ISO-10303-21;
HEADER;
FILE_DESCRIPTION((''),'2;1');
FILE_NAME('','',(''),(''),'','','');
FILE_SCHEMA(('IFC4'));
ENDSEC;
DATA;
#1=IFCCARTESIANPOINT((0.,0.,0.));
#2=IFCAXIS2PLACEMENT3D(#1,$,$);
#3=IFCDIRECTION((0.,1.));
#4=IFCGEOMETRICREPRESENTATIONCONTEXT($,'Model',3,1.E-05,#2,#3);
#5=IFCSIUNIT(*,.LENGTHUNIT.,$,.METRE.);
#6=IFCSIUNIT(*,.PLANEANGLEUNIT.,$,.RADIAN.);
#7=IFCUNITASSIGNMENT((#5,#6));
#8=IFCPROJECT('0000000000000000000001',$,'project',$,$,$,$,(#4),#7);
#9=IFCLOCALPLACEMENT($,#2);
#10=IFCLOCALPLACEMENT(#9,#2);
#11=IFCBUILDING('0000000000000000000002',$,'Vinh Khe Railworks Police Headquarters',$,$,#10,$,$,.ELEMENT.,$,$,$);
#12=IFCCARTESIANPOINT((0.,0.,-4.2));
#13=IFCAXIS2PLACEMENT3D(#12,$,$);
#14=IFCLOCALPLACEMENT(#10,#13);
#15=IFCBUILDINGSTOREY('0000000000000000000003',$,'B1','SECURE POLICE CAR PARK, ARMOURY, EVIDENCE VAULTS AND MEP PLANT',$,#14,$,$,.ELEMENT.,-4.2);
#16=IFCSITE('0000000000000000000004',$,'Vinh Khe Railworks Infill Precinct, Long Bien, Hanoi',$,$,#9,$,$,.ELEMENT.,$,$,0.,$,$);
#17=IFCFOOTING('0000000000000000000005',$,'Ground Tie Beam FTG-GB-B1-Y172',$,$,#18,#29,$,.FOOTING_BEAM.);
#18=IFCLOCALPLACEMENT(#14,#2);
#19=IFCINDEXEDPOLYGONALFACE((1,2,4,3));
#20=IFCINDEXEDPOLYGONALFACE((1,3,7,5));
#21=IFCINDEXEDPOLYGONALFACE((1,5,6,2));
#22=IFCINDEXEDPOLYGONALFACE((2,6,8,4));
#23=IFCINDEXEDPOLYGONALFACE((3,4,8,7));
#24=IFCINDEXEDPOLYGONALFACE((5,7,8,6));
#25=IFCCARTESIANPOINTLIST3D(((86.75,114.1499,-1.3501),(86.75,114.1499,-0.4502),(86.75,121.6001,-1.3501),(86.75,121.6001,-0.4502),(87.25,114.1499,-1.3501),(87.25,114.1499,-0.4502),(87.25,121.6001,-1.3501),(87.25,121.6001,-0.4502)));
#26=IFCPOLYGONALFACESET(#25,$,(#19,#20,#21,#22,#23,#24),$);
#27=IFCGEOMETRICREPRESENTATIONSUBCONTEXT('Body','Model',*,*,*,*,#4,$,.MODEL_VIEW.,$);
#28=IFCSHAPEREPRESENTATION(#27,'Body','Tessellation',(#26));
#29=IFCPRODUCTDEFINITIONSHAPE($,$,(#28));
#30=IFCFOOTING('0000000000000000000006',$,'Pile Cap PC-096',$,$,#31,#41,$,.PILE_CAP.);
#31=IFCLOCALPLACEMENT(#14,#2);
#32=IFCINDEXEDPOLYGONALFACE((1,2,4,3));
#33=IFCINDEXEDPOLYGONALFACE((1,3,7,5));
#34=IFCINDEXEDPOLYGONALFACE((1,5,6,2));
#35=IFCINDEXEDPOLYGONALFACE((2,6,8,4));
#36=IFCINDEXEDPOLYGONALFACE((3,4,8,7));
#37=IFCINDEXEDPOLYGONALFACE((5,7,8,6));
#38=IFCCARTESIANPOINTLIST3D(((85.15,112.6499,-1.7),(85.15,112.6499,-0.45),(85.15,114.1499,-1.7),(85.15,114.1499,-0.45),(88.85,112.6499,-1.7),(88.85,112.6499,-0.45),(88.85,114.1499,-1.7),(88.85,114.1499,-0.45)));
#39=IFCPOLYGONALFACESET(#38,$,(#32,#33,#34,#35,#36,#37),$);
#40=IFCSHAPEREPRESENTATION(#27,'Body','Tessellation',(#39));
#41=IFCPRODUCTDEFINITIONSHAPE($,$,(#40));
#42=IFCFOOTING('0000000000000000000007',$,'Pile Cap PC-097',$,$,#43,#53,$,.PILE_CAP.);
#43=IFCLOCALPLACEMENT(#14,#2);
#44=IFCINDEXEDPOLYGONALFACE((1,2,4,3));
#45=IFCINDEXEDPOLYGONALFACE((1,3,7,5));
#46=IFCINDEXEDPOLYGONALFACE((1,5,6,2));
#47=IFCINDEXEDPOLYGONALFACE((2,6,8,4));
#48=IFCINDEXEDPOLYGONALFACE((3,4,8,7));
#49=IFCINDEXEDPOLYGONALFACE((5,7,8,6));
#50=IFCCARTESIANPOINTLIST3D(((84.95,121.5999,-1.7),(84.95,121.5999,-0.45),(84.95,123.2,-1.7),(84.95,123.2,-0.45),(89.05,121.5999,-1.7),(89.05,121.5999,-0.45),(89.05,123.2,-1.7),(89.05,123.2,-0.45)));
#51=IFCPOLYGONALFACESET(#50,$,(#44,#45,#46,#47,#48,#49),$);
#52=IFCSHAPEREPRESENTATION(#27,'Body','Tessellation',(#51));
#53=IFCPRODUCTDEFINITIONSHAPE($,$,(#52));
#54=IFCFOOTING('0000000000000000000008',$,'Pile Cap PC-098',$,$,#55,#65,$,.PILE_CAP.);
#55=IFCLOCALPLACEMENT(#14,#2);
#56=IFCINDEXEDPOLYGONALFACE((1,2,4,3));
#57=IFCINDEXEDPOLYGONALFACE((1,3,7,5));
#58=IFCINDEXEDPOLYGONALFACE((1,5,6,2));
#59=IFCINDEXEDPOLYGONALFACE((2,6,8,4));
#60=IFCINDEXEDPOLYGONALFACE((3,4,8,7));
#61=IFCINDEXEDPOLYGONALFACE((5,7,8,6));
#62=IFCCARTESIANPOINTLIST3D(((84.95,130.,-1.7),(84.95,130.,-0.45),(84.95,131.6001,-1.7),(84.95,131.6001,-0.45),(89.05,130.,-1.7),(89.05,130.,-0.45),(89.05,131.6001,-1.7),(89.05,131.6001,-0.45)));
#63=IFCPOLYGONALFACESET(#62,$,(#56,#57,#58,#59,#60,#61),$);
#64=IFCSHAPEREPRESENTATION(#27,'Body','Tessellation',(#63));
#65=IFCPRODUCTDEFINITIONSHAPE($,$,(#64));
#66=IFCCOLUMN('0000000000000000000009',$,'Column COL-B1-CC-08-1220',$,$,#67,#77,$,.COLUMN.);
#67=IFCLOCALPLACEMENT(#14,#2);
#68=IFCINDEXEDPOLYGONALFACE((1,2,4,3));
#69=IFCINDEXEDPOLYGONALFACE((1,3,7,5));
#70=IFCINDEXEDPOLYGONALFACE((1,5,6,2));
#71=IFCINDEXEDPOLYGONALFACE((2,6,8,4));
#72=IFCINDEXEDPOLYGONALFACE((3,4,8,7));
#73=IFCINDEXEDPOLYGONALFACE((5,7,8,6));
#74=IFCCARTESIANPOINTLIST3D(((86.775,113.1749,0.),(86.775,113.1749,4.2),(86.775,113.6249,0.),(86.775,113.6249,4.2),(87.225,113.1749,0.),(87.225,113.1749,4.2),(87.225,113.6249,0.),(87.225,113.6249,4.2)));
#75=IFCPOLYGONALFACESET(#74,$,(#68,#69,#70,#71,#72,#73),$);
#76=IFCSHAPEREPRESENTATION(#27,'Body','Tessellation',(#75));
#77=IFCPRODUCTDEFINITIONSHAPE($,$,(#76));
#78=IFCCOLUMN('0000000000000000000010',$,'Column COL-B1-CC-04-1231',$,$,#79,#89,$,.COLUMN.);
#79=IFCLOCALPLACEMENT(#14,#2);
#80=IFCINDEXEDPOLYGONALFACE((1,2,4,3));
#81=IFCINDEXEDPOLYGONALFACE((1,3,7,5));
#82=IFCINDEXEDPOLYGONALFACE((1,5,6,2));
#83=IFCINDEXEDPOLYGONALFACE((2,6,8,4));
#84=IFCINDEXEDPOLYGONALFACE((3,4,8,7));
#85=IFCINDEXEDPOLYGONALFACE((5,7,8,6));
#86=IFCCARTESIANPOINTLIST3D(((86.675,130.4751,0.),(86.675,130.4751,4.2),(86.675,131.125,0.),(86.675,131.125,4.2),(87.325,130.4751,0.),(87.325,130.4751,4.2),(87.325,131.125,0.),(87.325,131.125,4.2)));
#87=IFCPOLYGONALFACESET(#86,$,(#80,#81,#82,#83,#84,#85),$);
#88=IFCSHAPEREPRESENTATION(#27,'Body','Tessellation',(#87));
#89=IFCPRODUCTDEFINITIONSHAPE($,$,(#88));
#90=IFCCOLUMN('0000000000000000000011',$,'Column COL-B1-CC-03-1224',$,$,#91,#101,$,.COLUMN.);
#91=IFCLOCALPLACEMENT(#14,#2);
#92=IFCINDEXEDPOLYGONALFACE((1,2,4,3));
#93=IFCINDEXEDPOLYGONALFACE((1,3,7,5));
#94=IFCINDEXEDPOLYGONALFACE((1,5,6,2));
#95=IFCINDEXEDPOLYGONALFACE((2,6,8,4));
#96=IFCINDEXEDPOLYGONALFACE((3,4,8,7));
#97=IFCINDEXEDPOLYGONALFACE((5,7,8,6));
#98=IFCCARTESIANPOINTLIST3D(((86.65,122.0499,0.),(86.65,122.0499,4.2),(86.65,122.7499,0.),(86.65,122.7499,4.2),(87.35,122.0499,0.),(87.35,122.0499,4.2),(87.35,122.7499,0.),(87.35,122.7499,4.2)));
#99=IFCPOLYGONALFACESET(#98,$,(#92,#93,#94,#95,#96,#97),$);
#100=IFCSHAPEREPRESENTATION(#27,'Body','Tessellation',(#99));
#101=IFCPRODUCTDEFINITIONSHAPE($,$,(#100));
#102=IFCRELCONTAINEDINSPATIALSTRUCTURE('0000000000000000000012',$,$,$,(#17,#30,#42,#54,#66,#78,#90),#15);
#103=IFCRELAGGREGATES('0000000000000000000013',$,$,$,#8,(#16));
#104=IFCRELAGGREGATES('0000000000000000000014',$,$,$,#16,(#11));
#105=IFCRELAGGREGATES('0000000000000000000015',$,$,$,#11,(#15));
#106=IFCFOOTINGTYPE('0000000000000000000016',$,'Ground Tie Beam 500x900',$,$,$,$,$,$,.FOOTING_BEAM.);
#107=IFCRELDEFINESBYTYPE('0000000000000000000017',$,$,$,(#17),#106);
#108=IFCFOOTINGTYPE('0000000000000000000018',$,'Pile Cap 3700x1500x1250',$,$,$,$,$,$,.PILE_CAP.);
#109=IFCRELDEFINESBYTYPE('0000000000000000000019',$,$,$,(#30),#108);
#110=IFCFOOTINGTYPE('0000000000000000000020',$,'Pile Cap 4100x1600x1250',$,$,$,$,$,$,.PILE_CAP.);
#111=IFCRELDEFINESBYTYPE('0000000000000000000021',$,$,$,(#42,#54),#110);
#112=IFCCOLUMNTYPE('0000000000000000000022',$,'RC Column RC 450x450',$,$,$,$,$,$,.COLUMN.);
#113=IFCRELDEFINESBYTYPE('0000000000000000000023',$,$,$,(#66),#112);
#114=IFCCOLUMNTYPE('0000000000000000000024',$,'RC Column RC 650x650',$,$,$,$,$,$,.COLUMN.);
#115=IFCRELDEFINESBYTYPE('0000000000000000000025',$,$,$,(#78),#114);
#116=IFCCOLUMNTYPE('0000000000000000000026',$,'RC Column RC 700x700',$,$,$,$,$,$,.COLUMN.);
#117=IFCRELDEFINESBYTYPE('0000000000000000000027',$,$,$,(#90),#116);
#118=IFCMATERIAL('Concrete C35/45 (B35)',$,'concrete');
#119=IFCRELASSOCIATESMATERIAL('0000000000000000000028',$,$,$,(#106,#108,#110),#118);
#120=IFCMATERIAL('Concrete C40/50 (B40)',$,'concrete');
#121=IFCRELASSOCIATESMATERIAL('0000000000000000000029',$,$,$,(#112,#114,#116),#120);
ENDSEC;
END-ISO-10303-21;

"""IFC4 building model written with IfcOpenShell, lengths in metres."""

from ifc_helpers import new_model, si_unit, direction, frame, origin, origin_2d, place, context, subcontext, project, spatial, rectangle, extrude, material, material_profile, profile_set, type_object, element, save


model = new_model("IFC4")

# Units and contexts
model_context = context("Model", 3, precision=1e-05, world=origin(), true_north=direction((0.0, 1.0)))
body_context = subcontext(model_context, "Body", "Model", "MODEL_VIEW")
ifc_project = project(units=[si_unit("LENGTHUNIT", "METRE"), si_unit("PLANEANGLEUNIT", "RADIAN")], contexts=[model_context])

# Site, building, storey
site_placement = place(None, origin())
site = spatial("IfcSite", under=ifc_project, at=site_placement, Name="Vinh Khe Railworks Infill Precinct, Long Bien, Hanoi", CompositionType="ELEMENT", RefElevation=0.0)
building_placement = place(site_placement, origin())
building = spatial("IfcBuilding", under=site, at=building_placement, Name="Vinh Khe Railworks Police Headquarters", CompositionType="ELEMENT")
storey_placement = place(building_placement, frame((0.0, 0.0, -4.2)))
storey = spatial("IfcBuildingStorey", under=building, at=storey_placement, Name="B1", Description="SECURE POLICE CAR PARK, ARMOURY, EVIDENCE VAULTS AND MEP PLANT", CompositionType="ELEMENT", Elevation=-4.2)

# Shared definitions
ifc_material_1 = material(Name="Concrete C35/45 (B35)", Category="concrete")

# Footings
ifc_material_profile_1 = material_profile(ifc_material_1, rectangle(XDim=0.5, YDim=0.8999, at=origin_2d()), Name="RC 500x900")
ifc_profile_set_1 = profile_set([ifc_material_profile_1], Name="Concrete C35/45 (B35)")
footing_type_1 = type_object("IfcFootingType", Name="Ground Tie Beam 500x900", PredefinedType="FOOTING_BEAM", material=ifc_profile_set_1)
footing_1_placement = place(storey_placement, frame((87.0, 114.1499, -0.9001), z_axis=(0.0, 1.0, 0.0), x_axis=(-1.0, 0.0, 0.0)))
element("IfcFooting", 1, at=footing_1_placement, inside=storey, type_object=footing_type_1, Name="Ground Tie Beam FTG-GB-B1-Y172", PredefinedType="FOOTING_BEAM", context=body_context, shape_type="SweptSolid", body=[
    extrude(rectangle(XDim=0.5, YDim=0.8999, at=origin_2d()), origin(), (0.0, 0.0, 1.0), 7.4502),
])
footing_type_2 = type_object("IfcFootingType", Name="Pile Cap 3700x1500x1250", PredefinedType="PILE_CAP", material=ifc_material_1)
footing_2_placement = place(storey_placement, frame((87.0, 113.3999, -1.7), z_axis=(0.0, 0.0, 1.0), x_axis=(1.0, 0.0, 0.0)))
element("IfcFooting", 2, at=footing_2_placement, inside=storey, type_object=footing_type_2, Name="Pile Cap PC-096", PredefinedType="PILE_CAP", context=body_context, shape_type="SweptSolid", body=[
    extrude(rectangle(XDim=3.7, YDim=1.5, at=origin_2d()), origin(), (0.0, 0.0, 1.0), 1.25),
])
footing_type_3 = type_object("IfcFootingType", Name="Pile Cap 4100x1600x1250", PredefinedType="PILE_CAP", material=ifc_material_1)
for number, where, z_axis, x_axis, name in (
    (3, (87.0, 122.3999, -1.7), (0.0, 0.0, 1.0), (1.0, 0.0, 0.0), "Pile Cap PC-097"),
    (4, (87.0, 130.8, -1.7), (0.0, 0.0, 1.0), (1.0, 0.0, 0.0), "Pile Cap PC-098"),
):
    element("IfcFooting", number, at=place(storey_placement, frame(where, z_axis=z_axis, x_axis=x_axis)), inside=storey, type_object=footing_type_3, Name=name, PredefinedType="PILE_CAP", context=body_context, shape_type="SweptSolid", body=[
        extrude(rectangle(XDim=4.1001, YDim=1.6001, at=origin_2d()), origin(), (0.0, 0.0, 1.0), 1.25),
    ])

# Columns
ifc_material_2 = material(Name="Concrete C40/50 (B40)", Category="concrete")
ifc_material_profile_2 = material_profile(ifc_material_2, rectangle(XDim=0.45, YDim=0.45, at=origin_2d()), Name="RC 450x450")
ifc_profile_set_2 = profile_set([ifc_material_profile_2], Name="Concrete C40/50 (B40)")
column_type_1 = type_object("IfcColumnType", Name="RC Column RC 450x450", PredefinedType="COLUMN", material=ifc_profile_set_2)
column_1_placement = place(storey_placement, frame((87.0, 113.3999, 0.0), z_axis=(0.0, 0.0, 1.0), x_axis=(1.0, 0.0, 0.0)))
element("IfcColumn", 5, at=column_1_placement, inside=storey, type_object=column_type_1, Name="Column COL-B1-CC-08-1220", PredefinedType="COLUMN", context=body_context, shape_type="SweptSolid", body=[
    extrude(rectangle(XDim=0.45, YDim=0.45, at=origin_2d()), origin(), (0.0, 0.0, 1.0), 4.2),
])
ifc_material_profile_3 = material_profile(ifc_material_2, rectangle(XDim=0.6499, YDim=0.6499, at=origin_2d()), Name="RC 650x650")
ifc_profile_set_3 = profile_set([ifc_material_profile_3], Name="Concrete C40/50 (B40)")
column_type_2 = type_object("IfcColumnType", Name="RC Column RC 650x650", PredefinedType="COLUMN", material=ifc_profile_set_3)
column_2_placement = place(storey_placement, frame((87.0, 130.8, 0.0), z_axis=(0.0, 0.0, 1.0), x_axis=(1.0, 0.0, 0.0)))
element("IfcColumn", 6, at=column_2_placement, inside=storey, type_object=column_type_2, Name="Column COL-B1-CC-04-1231", PredefinedType="COLUMN", context=body_context, shape_type="SweptSolid", body=[
    extrude(rectangle(XDim=0.6499, YDim=0.6499, at=origin_2d()), origin(), (0.0, 0.0, 1.0), 4.2),
])
ifc_material_profile_4 = material_profile(ifc_material_2, rectangle(XDim=0.7, YDim=0.7, at=origin_2d()), Name="RC 700x700")
ifc_profile_set_4 = profile_set([ifc_material_profile_4], Name="Concrete C40/50 (B40)")
column_type_3 = type_object("IfcColumnType", Name="RC Column RC 700x700", PredefinedType="COLUMN", material=ifc_profile_set_4)
column_3_placement = place(storey_placement, frame((87.0, 122.3999, 0.0), z_axis=(0.0, 0.0, 1.0), x_axis=(1.0, 0.0, 0.0)))
element("IfcColumn", 7, at=column_3_placement, inside=storey, type_object=column_type_3, Name="Column COL-B1-CC-03-1224", PredefinedType="COLUMN", context=body_context, shape_type="SweptSolid", body=[
    extrude(rectangle(XDim=0.7, YDim=0.7, at=origin_2d()), origin(), (0.0, 0.0, 1.0), 4.2),
])

save(model, "model.ifc")
